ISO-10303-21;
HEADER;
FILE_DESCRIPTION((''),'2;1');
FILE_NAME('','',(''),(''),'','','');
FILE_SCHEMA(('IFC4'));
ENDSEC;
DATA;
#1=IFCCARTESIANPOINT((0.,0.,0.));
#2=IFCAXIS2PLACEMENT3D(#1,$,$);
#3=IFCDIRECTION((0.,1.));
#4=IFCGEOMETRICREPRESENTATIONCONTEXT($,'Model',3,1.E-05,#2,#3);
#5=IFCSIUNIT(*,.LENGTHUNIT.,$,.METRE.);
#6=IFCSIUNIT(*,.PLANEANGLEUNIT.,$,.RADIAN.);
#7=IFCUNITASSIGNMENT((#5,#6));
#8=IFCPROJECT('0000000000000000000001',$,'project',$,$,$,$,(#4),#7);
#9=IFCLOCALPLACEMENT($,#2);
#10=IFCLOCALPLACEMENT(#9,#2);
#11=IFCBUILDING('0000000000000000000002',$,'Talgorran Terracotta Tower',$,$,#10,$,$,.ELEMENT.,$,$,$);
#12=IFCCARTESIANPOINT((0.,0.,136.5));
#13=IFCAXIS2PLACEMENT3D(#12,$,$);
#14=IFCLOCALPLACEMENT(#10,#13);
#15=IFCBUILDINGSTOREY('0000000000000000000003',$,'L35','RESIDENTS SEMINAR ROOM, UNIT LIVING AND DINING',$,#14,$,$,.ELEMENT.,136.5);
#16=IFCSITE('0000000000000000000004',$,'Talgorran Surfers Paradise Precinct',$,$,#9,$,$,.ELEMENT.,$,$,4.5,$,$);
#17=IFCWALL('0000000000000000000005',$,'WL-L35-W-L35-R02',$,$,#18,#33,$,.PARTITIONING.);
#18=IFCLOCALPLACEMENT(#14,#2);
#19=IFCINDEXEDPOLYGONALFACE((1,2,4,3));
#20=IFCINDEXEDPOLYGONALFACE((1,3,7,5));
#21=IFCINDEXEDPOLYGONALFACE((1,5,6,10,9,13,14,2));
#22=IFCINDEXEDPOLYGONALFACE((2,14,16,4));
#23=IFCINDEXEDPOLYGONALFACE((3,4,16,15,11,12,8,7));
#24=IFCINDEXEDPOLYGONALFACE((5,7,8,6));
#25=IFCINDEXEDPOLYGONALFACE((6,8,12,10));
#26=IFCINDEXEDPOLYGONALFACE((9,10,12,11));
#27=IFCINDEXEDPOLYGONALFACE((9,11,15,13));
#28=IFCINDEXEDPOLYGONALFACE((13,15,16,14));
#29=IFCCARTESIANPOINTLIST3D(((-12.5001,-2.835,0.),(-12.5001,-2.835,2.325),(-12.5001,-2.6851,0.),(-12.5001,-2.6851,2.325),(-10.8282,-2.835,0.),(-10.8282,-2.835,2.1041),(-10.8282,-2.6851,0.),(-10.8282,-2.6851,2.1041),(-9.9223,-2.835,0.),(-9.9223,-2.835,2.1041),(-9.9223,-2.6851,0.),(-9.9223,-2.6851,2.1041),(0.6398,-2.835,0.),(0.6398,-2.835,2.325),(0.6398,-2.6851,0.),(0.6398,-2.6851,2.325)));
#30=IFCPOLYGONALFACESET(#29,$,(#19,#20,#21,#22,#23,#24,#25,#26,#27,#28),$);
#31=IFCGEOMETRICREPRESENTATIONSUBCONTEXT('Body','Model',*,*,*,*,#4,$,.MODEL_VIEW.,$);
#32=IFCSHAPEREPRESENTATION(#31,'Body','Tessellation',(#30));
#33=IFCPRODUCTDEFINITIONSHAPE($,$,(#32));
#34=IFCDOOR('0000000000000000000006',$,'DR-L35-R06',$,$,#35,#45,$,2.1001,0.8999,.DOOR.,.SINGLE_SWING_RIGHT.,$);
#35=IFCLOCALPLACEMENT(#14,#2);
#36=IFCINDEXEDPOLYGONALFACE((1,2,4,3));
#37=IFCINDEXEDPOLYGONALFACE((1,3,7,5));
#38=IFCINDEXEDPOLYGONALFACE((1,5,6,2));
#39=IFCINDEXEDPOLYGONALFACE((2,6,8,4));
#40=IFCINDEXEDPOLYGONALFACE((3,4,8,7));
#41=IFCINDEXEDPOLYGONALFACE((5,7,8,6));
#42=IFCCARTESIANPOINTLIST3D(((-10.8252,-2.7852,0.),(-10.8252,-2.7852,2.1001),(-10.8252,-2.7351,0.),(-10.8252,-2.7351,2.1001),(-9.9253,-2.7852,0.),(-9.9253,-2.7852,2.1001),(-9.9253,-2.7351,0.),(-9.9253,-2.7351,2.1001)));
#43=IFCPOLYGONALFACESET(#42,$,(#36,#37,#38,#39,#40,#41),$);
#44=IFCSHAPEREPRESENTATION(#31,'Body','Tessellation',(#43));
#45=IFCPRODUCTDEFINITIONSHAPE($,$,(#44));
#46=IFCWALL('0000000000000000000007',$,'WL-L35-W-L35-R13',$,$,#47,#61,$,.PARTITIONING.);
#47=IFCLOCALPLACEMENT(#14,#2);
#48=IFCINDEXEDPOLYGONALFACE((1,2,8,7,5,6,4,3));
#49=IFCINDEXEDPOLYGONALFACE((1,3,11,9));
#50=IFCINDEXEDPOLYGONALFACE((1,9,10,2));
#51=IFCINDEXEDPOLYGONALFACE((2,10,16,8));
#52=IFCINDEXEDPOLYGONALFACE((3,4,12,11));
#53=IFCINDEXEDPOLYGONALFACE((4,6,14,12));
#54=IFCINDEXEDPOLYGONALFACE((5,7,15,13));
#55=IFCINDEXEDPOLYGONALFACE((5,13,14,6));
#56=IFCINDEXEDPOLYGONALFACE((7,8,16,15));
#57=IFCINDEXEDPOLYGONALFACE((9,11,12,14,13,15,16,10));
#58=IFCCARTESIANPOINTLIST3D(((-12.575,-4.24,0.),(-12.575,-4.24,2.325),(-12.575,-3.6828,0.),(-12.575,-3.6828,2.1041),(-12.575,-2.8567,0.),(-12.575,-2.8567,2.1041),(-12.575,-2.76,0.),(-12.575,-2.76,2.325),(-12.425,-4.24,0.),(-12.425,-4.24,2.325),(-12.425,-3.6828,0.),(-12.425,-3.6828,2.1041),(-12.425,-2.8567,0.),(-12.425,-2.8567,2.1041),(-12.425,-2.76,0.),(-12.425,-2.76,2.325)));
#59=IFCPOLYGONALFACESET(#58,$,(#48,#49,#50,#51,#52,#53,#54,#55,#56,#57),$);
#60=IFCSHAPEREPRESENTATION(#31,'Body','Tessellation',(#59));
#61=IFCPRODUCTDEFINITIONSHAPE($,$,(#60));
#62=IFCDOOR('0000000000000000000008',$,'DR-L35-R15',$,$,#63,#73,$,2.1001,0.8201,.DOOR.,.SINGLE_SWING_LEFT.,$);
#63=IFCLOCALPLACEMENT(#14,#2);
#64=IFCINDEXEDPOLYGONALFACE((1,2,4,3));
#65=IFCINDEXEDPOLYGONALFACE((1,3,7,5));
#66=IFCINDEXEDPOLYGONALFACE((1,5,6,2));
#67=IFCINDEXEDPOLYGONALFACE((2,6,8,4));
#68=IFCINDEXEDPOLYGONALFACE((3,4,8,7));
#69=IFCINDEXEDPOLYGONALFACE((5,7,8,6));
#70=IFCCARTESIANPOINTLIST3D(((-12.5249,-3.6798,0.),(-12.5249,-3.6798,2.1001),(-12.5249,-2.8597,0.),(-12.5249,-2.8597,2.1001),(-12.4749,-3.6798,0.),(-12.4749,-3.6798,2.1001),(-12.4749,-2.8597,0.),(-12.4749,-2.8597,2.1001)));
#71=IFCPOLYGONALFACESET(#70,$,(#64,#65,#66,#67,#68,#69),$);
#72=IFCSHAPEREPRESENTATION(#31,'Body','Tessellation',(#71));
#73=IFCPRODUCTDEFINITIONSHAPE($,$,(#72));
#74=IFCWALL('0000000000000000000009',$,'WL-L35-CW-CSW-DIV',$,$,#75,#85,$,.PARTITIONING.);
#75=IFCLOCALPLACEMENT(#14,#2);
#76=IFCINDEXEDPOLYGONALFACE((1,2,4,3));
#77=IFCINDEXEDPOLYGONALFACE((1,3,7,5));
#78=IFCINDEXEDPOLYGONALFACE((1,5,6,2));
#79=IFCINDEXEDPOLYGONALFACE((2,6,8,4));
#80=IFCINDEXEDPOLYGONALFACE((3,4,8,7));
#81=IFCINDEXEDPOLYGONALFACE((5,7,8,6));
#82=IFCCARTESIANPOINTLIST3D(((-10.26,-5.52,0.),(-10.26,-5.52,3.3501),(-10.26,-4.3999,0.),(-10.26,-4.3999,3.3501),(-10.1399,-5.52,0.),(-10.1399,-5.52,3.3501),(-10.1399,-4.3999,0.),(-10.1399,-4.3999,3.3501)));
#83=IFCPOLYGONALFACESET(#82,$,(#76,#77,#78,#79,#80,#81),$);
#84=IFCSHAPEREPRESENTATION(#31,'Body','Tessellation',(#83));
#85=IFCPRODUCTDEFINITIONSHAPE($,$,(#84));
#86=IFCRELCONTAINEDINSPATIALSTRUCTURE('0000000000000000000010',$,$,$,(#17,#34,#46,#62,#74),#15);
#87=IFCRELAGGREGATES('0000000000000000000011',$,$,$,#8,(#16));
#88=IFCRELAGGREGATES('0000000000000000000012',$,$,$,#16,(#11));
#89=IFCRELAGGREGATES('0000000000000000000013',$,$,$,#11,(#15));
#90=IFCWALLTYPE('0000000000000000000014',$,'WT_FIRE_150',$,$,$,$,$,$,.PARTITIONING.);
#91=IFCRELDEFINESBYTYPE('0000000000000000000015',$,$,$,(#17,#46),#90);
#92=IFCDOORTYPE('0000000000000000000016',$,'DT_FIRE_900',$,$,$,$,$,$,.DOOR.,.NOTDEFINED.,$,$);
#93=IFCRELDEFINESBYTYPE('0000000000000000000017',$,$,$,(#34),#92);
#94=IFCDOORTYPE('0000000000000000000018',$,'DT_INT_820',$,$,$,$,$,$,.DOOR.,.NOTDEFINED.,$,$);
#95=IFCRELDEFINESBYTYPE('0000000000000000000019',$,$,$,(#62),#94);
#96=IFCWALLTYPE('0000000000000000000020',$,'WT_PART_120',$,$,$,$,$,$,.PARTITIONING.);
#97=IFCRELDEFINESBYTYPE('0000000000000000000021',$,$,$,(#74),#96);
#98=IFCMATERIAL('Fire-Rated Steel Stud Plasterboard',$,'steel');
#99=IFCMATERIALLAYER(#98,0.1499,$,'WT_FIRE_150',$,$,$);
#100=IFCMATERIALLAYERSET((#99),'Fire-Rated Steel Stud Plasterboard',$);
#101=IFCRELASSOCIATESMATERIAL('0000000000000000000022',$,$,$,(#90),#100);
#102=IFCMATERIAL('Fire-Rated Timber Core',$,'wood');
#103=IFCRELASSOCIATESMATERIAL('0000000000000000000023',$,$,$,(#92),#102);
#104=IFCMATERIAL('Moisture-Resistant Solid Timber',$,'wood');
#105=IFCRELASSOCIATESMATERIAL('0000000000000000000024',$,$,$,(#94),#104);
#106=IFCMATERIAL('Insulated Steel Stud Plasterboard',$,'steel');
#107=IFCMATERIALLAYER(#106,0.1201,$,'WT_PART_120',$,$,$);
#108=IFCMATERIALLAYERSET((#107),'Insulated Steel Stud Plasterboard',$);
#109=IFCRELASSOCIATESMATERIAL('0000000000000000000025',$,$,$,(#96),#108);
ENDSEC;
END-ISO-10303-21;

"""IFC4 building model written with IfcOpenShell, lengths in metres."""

from ifc_helpers import new_model, si_unit, direction, frame, frame_2d, origin, place, context, subcontext, project, spatial, rectangle, extrude, material, layer, layer_set, type_object, element, fill, save


model = new_model("IFC4")

# Units and contexts
model_context = context("Model", 3, precision=1e-05, world=origin(), true_north=direction((0.0, 1.0)))
body_context = subcontext(model_context, "Body", "Model", "MODEL_VIEW")
ifc_project = project(units=[si_unit("LENGTHUNIT", "METRE"), si_unit("PLANEANGLEUNIT", "RADIAN")], contexts=[model_context])

# Site, building, storey
site_placement = place(None, origin())
site = spatial("IfcSite", under=ifc_project, at=site_placement, Name="Talgorran Surfers Paradise Precinct", CompositionType="ELEMENT", RefElevation=4.5)
building_placement = place(site_placement, origin())
building = spatial("IfcBuilding", under=site, at=building_placement, Name="Talgorran Terracotta Tower", CompositionType="ELEMENT")
storey_placement = place(building_placement, frame((0.0, 0.0, 136.5)))
storey = spatial("IfcBuildingStorey", under=building, at=storey_placement, Name="L35", Description="RESIDENTS SEMINAR ROOM, UNIT LIVING AND DINING", CompositionType="ELEMENT", Elevation=136.5)

# Walls, openings, doors
ifc_material_1 = material(Name="Fire-Rated Steel Stud Plasterboard", Category="steel")
ifc_layer_1 = layer(ifc_material_1, 0.1499, Name="WT_FIRE_150")
ifc_layer_set_1 = layer_set([ifc_layer_1], Name="Fire-Rated Steel Stud Plasterboard")
wall_type_1 = type_object("IfcWallType", Name="WT_FIRE_150", PredefinedType="PARTITIONING", material=ifc_layer_set_1)
wall_1_placement = place(storey_placement, frame((-12.5, -2.76, 0.0), z_axis=(0.0, 0.0, 1.0), x_axis=(1.0, 0.0, 0.0)))
wall_1 = element("IfcWall", 1, at=wall_1_placement, inside=storey, type_object=wall_type_1, Name="WL-L35-W-L35-R02", PredefinedType="PARTITIONING", context=body_context, shape_type="SweptSolid", body=[
    extrude(rectangle(XDim=13.1399, YDim=0.1499, at=frame_2d((6.5698, 0.0))), origin(), (0.0, 0.0, 1.0), 2.325),
])
opening_1_placement = place(wall_1_placement, frame((1.6748, 0.0, 0.0)))
opening_1 = element("IfcOpeningElement", 2, at=opening_1_placement, cuts=wall_1, PredefinedType="OPENING", context=body_context, shape_type="SweptSolid", body=[
    extrude(rectangle(XDim=0.9059, YDim=2.1041, at=frame_2d((0.45, 1.052))), frame((0.0, 0.085, 0.0), z_axis=(0.0, -1.0, 0.0), x_axis=(1.0, 0.0, 0.0)), (0.0, 0.0, 1.0), 0.1699),
])
ifc_material_2 = material(Name="Fire-Rated Timber Core", Category="wood")
door_type_1 = type_object("IfcDoorType", Name="DT_FIRE_900", OperationType="NOTDEFINED", PredefinedType="DOOR", material=ifc_material_2)
door_1_placement = place(opening_1_placement, origin())
door_1 = element("IfcDoor", 3, at=door_1_placement, inside=storey, type_object=door_type_1, Name="DR-L35-R06", OperationType="SINGLE_SWING_RIGHT", OverallHeight=2.1001, OverallWidth=0.8999, PredefinedType="DOOR", context=body_context, shape_type="SweptSolid", body=[
    extrude(rectangle(XDim=0.8999, YDim=2.1001, at=frame_2d((0.45, 1.05))), frame((0.0, 0.0249, 0.0), z_axis=(0.0, -1.0, 0.0), x_axis=(1.0, 0.0, 0.0)), (0.0, 0.0, 1.0), 0.05),
])
fill(opening_1, door_1)
wall_2_placement = place(storey_placement, frame((-12.5, -4.24, 0.0), z_axis=(0.0, 0.0, 1.0), x_axis=(0.0, 1.0, 0.0)))
wall_2 = element("IfcWall", 4, at=wall_2_placement, inside=storey, type_object=wall_type_1, Name="WL-L35-W-L35-R13", PredefinedType="PARTITIONING", context=body_context, shape_type="SweptSolid", body=[
    extrude(rectangle(XDim=1.48, YDim=0.1499, at=frame_2d((0.74, 0.0))), origin(), (0.0, 0.0, 1.0), 2.325),
])
opening_2_placement = place(wall_2_placement, frame((0.5601, 0.0, 0.0)))
opening_2 = element("IfcOpeningElement", 5, at=opening_2_placement, cuts=wall_2, PredefinedType="OPENING", context=body_context, shape_type="SweptSolid", body=[
    extrude(rectangle(XDim=0.8261, YDim=2.1041, at=frame_2d((0.4102, 1.052))), frame((0.0, 0.085, 0.0), z_axis=(0.0, -1.0, 0.0), x_axis=(1.0, 0.0, 0.0)), (0.0, 0.0, 1.0), 0.1699),
])
ifc_material_3 = material(Name="Moisture-Resistant Solid Timber", Category="wood")
door_type_2 = type_object("IfcDoorType", Name="DT_INT_820", OperationType="NOTDEFINED", PredefinedType="DOOR", material=ifc_material_3)
door_2_placement = place(opening_2_placement, origin())
door_2 = element("IfcDoor", 6, at=door_2_placement, inside=storey, type_object=door_type_2, Name="DR-L35-R15", OperationType="SINGLE_SWING_LEFT", OverallHeight=2.1001, OverallWidth=0.8201, PredefinedType="DOOR", context=body_context, shape_type="SweptSolid", body=[
    extrude(rectangle(XDim=0.8201, YDim=2.1001, at=frame_2d((0.4102, 1.05))), frame((0.0, 0.0249, 0.0), z_axis=(0.0, -1.0, 0.0), x_axis=(1.0, 0.0, 0.0)), (0.0, 0.0, 1.0), 0.05),
])
fill(opening_2, door_2)

# Wall
ifc_material_4 = material(Name="Insulated Steel Stud Plasterboard", Category="steel")
ifc_layer_2 = layer(ifc_material_4, 0.1201, Name="WT_PART_120")
ifc_layer_set_2 = layer_set([ifc_layer_2], Name="Insulated Steel Stud Plasterboard")
wall_type_2 = type_object("IfcWallType", Name="WT_PART_120", PredefinedType="PARTITIONING", material=ifc_layer_set_2)
wall_3_placement = place(storey_placement, frame((-10.2, -5.52, 0.0), z_axis=(0.0, 0.0, 1.0), x_axis=(0.0, 1.0, 0.0)))
element("IfcWall", 7, at=wall_3_placement, inside=storey, type_object=wall_type_2, Name="WL-L35-CW-CSW-DIV", PredefinedType="PARTITIONING", context=body_context, shape_type="SweptSolid", body=[
    extrude(rectangle(XDim=1.1201, YDim=0.1201, at=frame_2d((0.5601, 0.0))), origin(), (0.0, 0.0, 1.0), 3.3501),
])

save(model, "model.ifc")
